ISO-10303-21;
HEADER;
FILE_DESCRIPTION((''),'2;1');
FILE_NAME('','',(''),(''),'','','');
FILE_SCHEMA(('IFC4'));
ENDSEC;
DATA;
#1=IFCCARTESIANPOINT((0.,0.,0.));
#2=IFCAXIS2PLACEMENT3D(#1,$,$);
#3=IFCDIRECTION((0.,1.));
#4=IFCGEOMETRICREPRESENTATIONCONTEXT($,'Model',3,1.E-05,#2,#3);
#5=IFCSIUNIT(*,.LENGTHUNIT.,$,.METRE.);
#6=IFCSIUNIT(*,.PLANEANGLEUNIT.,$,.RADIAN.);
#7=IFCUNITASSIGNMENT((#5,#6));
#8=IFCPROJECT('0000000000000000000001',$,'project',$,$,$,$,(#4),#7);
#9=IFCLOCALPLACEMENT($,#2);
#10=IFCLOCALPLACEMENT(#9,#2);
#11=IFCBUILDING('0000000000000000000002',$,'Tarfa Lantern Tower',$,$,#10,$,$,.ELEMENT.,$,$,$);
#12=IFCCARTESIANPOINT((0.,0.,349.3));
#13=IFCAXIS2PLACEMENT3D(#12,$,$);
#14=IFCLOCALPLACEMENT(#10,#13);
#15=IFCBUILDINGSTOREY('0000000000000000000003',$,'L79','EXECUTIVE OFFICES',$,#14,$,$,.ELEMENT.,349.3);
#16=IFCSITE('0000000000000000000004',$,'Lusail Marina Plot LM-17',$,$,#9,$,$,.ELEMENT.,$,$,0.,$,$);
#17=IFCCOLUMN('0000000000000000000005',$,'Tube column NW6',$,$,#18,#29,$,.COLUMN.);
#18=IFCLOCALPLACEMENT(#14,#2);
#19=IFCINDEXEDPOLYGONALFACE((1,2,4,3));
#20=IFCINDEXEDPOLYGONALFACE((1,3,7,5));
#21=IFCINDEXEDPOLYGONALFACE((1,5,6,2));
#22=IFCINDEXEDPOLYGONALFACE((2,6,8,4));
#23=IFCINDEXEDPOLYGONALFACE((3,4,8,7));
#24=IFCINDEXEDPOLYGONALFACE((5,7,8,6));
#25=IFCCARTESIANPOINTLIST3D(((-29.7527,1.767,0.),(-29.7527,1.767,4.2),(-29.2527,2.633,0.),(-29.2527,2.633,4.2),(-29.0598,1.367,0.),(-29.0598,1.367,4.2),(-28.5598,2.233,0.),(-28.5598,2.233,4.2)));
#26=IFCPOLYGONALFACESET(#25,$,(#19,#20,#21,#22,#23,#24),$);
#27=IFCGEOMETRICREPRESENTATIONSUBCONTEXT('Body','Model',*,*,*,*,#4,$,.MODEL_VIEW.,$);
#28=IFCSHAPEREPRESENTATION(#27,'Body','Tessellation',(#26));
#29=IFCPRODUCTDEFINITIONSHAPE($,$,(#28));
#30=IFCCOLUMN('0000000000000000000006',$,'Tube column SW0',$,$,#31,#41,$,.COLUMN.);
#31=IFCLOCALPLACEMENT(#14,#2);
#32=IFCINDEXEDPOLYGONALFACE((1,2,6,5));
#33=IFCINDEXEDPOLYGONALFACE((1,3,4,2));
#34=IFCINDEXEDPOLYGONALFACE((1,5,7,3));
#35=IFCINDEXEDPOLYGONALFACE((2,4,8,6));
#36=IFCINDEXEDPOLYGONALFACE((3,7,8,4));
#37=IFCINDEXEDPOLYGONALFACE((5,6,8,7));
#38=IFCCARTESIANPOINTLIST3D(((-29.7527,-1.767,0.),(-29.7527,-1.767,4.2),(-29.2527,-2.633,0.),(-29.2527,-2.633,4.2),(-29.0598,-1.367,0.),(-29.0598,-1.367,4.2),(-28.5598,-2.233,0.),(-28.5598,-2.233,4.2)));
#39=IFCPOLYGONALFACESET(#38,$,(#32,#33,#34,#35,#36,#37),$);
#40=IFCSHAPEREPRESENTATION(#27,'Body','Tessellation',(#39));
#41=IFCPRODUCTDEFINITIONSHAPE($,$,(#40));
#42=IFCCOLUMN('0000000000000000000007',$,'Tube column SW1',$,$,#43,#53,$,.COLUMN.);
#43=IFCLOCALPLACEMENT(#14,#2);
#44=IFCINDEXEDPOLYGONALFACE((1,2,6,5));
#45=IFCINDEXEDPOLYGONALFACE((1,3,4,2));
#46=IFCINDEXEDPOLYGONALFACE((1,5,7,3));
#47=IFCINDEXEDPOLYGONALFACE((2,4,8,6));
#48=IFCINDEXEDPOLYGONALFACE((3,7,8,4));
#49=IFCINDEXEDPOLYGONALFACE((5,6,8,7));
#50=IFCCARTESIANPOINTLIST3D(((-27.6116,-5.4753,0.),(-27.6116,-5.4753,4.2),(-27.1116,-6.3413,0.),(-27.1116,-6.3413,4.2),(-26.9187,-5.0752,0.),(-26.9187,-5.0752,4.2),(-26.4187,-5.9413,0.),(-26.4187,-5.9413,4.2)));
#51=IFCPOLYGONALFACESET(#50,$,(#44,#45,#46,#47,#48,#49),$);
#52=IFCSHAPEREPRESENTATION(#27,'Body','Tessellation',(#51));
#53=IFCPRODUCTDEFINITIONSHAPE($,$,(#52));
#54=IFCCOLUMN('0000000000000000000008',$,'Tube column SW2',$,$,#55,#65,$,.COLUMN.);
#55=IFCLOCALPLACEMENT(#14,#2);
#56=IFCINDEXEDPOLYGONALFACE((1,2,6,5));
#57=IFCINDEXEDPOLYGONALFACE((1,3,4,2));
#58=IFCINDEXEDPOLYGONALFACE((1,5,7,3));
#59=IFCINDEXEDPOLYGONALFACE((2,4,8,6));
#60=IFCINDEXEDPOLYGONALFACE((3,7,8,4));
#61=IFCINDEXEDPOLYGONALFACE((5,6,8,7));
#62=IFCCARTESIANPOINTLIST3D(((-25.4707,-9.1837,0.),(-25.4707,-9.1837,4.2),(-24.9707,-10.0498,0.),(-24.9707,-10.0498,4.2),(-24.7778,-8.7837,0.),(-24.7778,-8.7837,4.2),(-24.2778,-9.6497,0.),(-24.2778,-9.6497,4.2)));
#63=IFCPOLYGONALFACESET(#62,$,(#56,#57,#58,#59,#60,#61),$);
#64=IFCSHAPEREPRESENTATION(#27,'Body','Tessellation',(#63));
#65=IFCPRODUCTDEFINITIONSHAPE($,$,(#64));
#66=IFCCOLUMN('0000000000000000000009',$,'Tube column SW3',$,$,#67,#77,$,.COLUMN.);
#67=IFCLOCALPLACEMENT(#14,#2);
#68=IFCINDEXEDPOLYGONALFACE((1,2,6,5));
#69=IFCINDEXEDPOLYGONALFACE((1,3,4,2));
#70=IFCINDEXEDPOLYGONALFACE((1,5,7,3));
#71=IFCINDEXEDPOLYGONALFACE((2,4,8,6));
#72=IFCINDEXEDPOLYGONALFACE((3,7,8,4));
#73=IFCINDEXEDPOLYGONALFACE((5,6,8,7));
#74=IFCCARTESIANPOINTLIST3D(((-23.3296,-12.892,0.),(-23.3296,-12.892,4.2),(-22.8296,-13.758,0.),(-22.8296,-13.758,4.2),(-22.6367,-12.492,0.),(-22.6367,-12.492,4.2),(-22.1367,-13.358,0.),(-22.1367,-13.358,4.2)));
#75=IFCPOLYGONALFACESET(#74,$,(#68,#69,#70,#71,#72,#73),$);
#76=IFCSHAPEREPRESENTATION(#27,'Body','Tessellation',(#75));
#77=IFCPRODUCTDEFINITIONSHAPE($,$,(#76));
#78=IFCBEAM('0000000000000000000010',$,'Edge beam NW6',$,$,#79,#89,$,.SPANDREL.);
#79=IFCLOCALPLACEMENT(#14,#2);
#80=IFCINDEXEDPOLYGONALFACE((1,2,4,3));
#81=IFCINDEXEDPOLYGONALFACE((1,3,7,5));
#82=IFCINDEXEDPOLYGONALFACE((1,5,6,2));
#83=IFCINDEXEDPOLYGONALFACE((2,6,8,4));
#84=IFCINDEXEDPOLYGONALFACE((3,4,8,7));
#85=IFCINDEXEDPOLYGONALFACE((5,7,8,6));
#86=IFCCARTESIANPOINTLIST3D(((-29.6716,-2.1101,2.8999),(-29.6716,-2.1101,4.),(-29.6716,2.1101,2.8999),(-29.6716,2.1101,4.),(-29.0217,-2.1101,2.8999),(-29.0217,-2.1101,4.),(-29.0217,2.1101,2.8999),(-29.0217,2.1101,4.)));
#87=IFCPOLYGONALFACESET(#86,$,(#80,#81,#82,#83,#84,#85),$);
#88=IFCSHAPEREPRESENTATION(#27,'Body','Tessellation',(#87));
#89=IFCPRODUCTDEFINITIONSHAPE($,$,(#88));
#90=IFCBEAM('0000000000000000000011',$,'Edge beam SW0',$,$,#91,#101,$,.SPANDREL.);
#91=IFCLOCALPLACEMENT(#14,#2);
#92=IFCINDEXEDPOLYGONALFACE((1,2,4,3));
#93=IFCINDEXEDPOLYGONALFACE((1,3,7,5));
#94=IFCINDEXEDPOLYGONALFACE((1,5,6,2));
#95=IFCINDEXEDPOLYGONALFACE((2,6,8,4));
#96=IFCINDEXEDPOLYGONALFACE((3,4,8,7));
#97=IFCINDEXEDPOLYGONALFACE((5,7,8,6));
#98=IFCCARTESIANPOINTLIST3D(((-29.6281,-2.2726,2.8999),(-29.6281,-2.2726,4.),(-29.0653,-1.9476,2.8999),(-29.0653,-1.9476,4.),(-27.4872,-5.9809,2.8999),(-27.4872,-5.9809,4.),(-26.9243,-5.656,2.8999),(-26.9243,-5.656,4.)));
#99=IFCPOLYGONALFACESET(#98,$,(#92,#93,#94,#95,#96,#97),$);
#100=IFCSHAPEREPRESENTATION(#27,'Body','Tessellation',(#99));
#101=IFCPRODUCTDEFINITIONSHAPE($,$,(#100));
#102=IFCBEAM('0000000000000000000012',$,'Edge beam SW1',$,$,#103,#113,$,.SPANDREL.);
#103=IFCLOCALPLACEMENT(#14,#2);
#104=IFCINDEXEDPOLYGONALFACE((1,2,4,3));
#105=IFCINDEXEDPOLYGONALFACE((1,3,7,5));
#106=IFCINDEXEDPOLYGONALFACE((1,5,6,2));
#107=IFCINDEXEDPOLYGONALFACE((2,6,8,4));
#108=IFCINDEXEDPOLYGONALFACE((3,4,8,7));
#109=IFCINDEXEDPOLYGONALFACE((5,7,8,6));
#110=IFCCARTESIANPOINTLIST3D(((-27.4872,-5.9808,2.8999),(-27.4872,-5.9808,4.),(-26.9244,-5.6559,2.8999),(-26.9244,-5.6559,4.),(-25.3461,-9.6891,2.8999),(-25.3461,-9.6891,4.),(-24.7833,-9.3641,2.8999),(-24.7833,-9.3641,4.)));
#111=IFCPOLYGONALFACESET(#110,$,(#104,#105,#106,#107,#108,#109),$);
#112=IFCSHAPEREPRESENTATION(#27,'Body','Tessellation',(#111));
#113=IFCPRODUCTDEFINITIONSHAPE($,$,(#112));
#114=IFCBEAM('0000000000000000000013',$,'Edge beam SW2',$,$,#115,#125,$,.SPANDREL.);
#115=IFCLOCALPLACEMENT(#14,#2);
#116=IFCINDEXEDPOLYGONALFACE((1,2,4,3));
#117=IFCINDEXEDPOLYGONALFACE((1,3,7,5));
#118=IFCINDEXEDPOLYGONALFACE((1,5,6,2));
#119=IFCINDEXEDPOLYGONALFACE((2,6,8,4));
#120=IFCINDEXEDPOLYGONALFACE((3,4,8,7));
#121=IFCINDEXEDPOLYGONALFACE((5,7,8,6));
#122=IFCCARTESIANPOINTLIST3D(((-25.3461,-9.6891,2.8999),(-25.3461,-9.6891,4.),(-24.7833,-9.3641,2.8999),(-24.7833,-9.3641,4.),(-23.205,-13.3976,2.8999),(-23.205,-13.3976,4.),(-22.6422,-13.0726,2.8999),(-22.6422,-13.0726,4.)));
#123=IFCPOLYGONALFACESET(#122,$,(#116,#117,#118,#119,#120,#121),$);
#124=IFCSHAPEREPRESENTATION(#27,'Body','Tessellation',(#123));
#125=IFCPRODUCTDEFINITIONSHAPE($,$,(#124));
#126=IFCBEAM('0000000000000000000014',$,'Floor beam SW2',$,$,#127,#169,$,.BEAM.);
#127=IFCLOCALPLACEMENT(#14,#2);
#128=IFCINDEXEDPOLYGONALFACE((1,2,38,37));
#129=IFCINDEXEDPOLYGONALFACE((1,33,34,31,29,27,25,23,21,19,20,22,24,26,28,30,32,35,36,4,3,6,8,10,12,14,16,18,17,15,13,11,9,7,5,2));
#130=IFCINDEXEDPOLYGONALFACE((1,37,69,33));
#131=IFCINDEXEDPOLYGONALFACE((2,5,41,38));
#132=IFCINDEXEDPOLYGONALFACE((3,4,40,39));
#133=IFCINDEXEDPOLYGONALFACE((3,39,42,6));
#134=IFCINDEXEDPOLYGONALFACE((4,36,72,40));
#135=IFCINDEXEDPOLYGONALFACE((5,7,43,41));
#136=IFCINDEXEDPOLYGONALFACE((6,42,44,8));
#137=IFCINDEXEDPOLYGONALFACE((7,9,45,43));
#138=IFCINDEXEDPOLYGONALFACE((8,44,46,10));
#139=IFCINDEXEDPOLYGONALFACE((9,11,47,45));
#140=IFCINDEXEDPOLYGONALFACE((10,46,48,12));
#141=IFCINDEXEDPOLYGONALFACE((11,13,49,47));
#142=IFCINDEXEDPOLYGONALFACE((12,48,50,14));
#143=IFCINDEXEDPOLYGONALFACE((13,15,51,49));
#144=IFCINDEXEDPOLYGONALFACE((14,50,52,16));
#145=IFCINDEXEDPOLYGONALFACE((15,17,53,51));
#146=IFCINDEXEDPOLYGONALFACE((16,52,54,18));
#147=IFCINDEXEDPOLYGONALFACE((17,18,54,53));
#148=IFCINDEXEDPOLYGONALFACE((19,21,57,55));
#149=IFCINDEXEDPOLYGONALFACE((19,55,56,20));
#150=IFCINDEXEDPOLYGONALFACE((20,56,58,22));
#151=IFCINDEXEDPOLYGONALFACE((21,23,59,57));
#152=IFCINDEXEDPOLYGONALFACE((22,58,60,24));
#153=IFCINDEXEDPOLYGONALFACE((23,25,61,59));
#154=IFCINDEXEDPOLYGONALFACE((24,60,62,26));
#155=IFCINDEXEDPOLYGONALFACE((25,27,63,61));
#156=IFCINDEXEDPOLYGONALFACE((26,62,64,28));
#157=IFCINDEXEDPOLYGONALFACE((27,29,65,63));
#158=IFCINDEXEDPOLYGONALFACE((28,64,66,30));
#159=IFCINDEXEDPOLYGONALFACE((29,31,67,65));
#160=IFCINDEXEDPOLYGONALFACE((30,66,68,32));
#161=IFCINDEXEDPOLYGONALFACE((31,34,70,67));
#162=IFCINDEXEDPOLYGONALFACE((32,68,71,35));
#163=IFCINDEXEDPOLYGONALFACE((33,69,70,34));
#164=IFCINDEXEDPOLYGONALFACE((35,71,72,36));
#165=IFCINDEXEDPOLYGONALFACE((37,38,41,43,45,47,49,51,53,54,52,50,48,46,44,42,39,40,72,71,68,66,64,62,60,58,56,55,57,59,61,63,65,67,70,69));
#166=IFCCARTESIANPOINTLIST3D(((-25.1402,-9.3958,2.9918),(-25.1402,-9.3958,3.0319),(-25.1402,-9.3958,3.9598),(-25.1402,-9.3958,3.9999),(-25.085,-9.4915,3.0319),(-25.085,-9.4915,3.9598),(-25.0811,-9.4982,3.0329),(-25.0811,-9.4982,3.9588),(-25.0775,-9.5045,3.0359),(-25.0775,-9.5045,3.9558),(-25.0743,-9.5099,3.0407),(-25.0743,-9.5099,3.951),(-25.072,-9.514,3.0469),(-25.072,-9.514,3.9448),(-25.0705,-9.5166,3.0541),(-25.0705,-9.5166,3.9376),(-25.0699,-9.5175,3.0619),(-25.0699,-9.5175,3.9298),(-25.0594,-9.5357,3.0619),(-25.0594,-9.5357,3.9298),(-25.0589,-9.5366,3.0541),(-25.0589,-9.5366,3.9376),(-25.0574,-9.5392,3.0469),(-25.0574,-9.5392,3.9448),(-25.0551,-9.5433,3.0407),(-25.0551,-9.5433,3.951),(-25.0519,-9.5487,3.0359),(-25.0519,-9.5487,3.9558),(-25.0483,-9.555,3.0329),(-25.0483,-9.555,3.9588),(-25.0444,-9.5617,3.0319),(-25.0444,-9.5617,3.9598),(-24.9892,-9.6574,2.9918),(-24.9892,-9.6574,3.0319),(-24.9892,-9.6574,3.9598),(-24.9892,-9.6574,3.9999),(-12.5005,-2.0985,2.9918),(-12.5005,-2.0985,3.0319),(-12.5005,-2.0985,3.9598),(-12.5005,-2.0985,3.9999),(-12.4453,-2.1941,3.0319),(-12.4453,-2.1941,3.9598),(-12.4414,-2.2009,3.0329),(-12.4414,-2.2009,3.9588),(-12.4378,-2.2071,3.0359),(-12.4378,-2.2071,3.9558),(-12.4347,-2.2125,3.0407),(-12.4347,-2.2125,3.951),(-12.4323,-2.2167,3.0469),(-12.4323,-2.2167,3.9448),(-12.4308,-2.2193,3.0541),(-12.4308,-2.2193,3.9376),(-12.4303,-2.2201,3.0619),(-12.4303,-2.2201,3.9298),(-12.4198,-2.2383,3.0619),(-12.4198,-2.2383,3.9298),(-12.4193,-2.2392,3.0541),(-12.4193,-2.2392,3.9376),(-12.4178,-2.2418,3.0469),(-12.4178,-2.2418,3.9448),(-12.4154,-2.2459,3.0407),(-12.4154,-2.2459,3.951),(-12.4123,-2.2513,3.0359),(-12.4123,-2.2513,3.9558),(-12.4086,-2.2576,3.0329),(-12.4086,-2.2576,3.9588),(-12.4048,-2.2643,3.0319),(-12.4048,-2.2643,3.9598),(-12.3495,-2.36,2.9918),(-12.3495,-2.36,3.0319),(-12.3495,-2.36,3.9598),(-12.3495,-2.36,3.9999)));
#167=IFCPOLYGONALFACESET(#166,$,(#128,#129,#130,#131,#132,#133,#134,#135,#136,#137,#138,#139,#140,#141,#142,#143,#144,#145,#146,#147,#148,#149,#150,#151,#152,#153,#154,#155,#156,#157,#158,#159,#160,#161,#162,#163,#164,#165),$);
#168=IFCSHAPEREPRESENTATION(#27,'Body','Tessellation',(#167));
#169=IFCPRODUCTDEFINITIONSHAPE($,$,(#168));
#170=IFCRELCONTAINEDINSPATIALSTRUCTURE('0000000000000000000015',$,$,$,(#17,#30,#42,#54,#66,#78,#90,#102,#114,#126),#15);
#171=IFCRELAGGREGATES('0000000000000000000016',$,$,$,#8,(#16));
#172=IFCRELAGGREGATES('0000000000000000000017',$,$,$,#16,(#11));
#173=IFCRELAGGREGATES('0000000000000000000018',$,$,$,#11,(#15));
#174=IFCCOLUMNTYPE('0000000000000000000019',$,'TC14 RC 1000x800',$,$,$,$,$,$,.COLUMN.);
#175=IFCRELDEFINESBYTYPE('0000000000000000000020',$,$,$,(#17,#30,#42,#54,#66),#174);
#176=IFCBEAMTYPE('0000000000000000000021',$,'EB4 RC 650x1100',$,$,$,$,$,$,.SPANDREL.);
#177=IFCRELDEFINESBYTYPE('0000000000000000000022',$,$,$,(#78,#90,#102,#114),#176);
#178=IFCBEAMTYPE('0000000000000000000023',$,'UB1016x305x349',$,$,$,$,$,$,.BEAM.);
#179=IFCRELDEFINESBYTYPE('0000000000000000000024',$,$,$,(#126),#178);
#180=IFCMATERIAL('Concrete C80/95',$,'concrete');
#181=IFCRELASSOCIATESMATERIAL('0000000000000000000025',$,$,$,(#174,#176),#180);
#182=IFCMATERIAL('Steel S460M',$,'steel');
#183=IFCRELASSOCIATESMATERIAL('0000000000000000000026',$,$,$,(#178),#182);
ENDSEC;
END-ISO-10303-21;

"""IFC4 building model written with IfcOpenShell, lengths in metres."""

from ifc_helpers import new_model, si_unit, direction, frame, origin, origin_2d, place, context, subcontext, project, spatial, rectangle, i_section, extrude, material, material_profile, profile_set, type_object, element, save


model = new_model("IFC4")

# Units and contexts
model_context = context("Model", 3, precision=1e-05, world=origin(), true_north=direction((0.0, 1.0)))
body_context = subcontext(model_context, "Body", "Model", "MODEL_VIEW")
ifc_project = project(units=[si_unit("LENGTHUNIT", "METRE"), si_unit("PLANEANGLEUNIT", "RADIAN")], contexts=[model_context])

# Site, building, storey
site_placement = place(None, origin())
site = spatial("IfcSite", under=ifc_project, at=site_placement, Name="Lusail Marina Plot LM-17", CompositionType="ELEMENT", RefElevation=0.0)
building_placement = place(site_placement, origin())
building = spatial("IfcBuilding", under=site, at=building_placement, Name="Tarfa Lantern Tower", CompositionType="ELEMENT")
storey_placement = place(building_placement, frame((0.0, 0.0, 349.3)))
storey = spatial("IfcBuildingStorey", under=building, at=storey_placement, Name="L79", Description="EXECUTIVE OFFICES", CompositionType="ELEMENT", Elevation=349.3)

# Columns
ifc_material_1 = material(Name="Concrete C80/95", Category="concrete")
ifc_material_profile_1 = material_profile(ifc_material_1, rectangle(XDim=1.0, YDim=0.8, at=origin_2d()), Name="RC 1000x800")
ifc_profile_set_1 = profile_set([ifc_material_profile_1], Name="Concrete C80/95")
column_type = type_object("IfcColumnType", Name="TC14 RC 1000x800", PredefinedType="COLUMN", material=ifc_profile_set_1)
for number, where, z_axis, x_axis, name in (
    (1, (-29.1562, 2.0, 0.0), (0.0, 0.0, 1.0), (-0.5, -0.866025, 0.0), "Tube column NW6"),
    (2, (-29.1562, -2.0, 0.0), (0.0, 0.0, 1.0), (0.5, -0.866025, 0.0), "Tube column SW0"),
    (3, (-27.0151, -5.7083, 0.0), (0.0, 0.0, 1.0), (0.5, -0.866025, 0.0), "Tube column SW1"),
    (4, (-24.8743, -9.4167, 0.0), (0.0, 0.0, 1.0), (0.5, -0.866025, 0.0), "Tube column SW2"),
    (5, (-22.7332, -13.125, 0.0), (0.0, 0.0, 1.0), (0.5, -0.866025, 0.0), "Tube column SW3"),
):
    element("IfcColumn", number, at=place(storey_placement, frame(where, z_axis=z_axis, x_axis=x_axis)), inside=storey, type_object=column_type, Name=name, PredefinedType="COLUMN", context=body_context, shape_type="SweptSolid", body=[
        extrude(rectangle(XDim=1.0, YDim=0.8, at=origin_2d()), origin(), (0.0, 0.0, 1.0), 4.2),
    ])

# Beams
ifc_material_profile_2 = material_profile(ifc_material_1, rectangle(XDim=0.6499, YDim=1.1001, at=origin_2d()), Name="RC 650x1100")
ifc_profile_set_2 = profile_set([ifc_material_profile_2], Name="Concrete C80/95")
beam_type_1 = type_object("IfcBeamType", Name="EB4 RC 650x1100", PredefinedType="SPANDREL", material=ifc_profile_set_2)
beam_1_placement = place(storey_placement, frame((-29.3467, 2.1101, 3.45), z_axis=(0.0, -1.0, 0.0), x_axis=(1.0, 0.0, 0.0)))
element("IfcBeam", 6, at=beam_1_placement, inside=storey, type_object=beam_type_1, Name="Edge beam NW6", PredefinedType="SPANDREL", context=body_context, shape_type="SweptSolid", body=[
    extrude(rectangle(XDim=0.6499, YDim=1.1001, at=origin_2d()), origin(), (0.0, 0.0, 1.0), 4.2202),
])
for number, where, z_axis, x_axis, name in (
    (7, (-29.3467, -2.1101, 3.45), (0.499984, -0.866035, 0.0), (0.866035, 0.499984, 0.0), "Edge beam SW0"),
    (8, (-27.2058, -5.8184, 3.45), (0.500027, -0.86601, 0.0), (0.86601, 0.500027, 0.0), "Edge beam SW1"),
):
    element("IfcBeam", number, at=place(storey_placement, frame(where, z_axis=z_axis, x_axis=x_axis)), inside=storey, type_object=beam_type_1, Name=name, PredefinedType="SPANDREL", context=body_context, shape_type="SweptSolid", body=[
        extrude(rectangle(XDim=0.6499, YDim=1.1001, at=origin_2d()), origin(), (0.0, 0.0, 1.0), 4.282),
    ])
beam_2_placement = place(storey_placement, frame((-25.0647, -9.5266, 3.45), z_axis=(0.500002, -0.866024, 0.0), x_axis=(0.866024, 0.500002, 0.0)))
element("IfcBeam", 9, at=beam_2_placement, inside=storey, type_object=beam_type_1, Name="Edge beam SW2", PredefinedType="SPANDREL", context=body_context, shape_type="SweptSolid", body=[
    extrude(rectangle(XDim=0.6499, YDim=1.1001, at=origin_2d()), origin(), (0.0, 0.0, 1.0), 4.2822),
])
ifc_material_2 = material(Name="Steel S460M", Category="steel")
ifc_material_profile_3 = material_profile(ifc_material_2, i_section(OverallWidth=0.302, OverallDepth=1.0081, WebThickness=0.021, FlangeThickness=0.04, FilletRadius=0.03, at=origin_2d()), Name="UB1016x305x349")
ifc_profile_set_3 = profile_set([ifc_material_profile_3], Name="Steel S460M")
beam_type_2 = type_object("IfcBeamType", Name="UB1016x305x349", PredefinedType="BEAM", material=ifc_profile_set_3)
beam_3_placement = place(storey_placement, frame((-25.0647, -9.5266, 3.4958), z_axis=(0.86603, 0.499993, 0.0), x_axis=(-0.499993, 0.86603, 0.0)))
element("IfcBeam", 10, at=beam_3_placement, inside=storey, type_object=beam_type_2, Name="Floor beam SW2", PredefinedType="BEAM", context=body_context, shape_type="SweptSolid", body=[
    extrude(i_section(OverallWidth=0.302, OverallDepth=1.0081, WebThickness=0.021, FlangeThickness=0.04, FilletRadius=0.03, at=origin_2d()), origin(), (0.0, 0.0, 1.0), 14.595),
])

save(model, "model.ifc")
